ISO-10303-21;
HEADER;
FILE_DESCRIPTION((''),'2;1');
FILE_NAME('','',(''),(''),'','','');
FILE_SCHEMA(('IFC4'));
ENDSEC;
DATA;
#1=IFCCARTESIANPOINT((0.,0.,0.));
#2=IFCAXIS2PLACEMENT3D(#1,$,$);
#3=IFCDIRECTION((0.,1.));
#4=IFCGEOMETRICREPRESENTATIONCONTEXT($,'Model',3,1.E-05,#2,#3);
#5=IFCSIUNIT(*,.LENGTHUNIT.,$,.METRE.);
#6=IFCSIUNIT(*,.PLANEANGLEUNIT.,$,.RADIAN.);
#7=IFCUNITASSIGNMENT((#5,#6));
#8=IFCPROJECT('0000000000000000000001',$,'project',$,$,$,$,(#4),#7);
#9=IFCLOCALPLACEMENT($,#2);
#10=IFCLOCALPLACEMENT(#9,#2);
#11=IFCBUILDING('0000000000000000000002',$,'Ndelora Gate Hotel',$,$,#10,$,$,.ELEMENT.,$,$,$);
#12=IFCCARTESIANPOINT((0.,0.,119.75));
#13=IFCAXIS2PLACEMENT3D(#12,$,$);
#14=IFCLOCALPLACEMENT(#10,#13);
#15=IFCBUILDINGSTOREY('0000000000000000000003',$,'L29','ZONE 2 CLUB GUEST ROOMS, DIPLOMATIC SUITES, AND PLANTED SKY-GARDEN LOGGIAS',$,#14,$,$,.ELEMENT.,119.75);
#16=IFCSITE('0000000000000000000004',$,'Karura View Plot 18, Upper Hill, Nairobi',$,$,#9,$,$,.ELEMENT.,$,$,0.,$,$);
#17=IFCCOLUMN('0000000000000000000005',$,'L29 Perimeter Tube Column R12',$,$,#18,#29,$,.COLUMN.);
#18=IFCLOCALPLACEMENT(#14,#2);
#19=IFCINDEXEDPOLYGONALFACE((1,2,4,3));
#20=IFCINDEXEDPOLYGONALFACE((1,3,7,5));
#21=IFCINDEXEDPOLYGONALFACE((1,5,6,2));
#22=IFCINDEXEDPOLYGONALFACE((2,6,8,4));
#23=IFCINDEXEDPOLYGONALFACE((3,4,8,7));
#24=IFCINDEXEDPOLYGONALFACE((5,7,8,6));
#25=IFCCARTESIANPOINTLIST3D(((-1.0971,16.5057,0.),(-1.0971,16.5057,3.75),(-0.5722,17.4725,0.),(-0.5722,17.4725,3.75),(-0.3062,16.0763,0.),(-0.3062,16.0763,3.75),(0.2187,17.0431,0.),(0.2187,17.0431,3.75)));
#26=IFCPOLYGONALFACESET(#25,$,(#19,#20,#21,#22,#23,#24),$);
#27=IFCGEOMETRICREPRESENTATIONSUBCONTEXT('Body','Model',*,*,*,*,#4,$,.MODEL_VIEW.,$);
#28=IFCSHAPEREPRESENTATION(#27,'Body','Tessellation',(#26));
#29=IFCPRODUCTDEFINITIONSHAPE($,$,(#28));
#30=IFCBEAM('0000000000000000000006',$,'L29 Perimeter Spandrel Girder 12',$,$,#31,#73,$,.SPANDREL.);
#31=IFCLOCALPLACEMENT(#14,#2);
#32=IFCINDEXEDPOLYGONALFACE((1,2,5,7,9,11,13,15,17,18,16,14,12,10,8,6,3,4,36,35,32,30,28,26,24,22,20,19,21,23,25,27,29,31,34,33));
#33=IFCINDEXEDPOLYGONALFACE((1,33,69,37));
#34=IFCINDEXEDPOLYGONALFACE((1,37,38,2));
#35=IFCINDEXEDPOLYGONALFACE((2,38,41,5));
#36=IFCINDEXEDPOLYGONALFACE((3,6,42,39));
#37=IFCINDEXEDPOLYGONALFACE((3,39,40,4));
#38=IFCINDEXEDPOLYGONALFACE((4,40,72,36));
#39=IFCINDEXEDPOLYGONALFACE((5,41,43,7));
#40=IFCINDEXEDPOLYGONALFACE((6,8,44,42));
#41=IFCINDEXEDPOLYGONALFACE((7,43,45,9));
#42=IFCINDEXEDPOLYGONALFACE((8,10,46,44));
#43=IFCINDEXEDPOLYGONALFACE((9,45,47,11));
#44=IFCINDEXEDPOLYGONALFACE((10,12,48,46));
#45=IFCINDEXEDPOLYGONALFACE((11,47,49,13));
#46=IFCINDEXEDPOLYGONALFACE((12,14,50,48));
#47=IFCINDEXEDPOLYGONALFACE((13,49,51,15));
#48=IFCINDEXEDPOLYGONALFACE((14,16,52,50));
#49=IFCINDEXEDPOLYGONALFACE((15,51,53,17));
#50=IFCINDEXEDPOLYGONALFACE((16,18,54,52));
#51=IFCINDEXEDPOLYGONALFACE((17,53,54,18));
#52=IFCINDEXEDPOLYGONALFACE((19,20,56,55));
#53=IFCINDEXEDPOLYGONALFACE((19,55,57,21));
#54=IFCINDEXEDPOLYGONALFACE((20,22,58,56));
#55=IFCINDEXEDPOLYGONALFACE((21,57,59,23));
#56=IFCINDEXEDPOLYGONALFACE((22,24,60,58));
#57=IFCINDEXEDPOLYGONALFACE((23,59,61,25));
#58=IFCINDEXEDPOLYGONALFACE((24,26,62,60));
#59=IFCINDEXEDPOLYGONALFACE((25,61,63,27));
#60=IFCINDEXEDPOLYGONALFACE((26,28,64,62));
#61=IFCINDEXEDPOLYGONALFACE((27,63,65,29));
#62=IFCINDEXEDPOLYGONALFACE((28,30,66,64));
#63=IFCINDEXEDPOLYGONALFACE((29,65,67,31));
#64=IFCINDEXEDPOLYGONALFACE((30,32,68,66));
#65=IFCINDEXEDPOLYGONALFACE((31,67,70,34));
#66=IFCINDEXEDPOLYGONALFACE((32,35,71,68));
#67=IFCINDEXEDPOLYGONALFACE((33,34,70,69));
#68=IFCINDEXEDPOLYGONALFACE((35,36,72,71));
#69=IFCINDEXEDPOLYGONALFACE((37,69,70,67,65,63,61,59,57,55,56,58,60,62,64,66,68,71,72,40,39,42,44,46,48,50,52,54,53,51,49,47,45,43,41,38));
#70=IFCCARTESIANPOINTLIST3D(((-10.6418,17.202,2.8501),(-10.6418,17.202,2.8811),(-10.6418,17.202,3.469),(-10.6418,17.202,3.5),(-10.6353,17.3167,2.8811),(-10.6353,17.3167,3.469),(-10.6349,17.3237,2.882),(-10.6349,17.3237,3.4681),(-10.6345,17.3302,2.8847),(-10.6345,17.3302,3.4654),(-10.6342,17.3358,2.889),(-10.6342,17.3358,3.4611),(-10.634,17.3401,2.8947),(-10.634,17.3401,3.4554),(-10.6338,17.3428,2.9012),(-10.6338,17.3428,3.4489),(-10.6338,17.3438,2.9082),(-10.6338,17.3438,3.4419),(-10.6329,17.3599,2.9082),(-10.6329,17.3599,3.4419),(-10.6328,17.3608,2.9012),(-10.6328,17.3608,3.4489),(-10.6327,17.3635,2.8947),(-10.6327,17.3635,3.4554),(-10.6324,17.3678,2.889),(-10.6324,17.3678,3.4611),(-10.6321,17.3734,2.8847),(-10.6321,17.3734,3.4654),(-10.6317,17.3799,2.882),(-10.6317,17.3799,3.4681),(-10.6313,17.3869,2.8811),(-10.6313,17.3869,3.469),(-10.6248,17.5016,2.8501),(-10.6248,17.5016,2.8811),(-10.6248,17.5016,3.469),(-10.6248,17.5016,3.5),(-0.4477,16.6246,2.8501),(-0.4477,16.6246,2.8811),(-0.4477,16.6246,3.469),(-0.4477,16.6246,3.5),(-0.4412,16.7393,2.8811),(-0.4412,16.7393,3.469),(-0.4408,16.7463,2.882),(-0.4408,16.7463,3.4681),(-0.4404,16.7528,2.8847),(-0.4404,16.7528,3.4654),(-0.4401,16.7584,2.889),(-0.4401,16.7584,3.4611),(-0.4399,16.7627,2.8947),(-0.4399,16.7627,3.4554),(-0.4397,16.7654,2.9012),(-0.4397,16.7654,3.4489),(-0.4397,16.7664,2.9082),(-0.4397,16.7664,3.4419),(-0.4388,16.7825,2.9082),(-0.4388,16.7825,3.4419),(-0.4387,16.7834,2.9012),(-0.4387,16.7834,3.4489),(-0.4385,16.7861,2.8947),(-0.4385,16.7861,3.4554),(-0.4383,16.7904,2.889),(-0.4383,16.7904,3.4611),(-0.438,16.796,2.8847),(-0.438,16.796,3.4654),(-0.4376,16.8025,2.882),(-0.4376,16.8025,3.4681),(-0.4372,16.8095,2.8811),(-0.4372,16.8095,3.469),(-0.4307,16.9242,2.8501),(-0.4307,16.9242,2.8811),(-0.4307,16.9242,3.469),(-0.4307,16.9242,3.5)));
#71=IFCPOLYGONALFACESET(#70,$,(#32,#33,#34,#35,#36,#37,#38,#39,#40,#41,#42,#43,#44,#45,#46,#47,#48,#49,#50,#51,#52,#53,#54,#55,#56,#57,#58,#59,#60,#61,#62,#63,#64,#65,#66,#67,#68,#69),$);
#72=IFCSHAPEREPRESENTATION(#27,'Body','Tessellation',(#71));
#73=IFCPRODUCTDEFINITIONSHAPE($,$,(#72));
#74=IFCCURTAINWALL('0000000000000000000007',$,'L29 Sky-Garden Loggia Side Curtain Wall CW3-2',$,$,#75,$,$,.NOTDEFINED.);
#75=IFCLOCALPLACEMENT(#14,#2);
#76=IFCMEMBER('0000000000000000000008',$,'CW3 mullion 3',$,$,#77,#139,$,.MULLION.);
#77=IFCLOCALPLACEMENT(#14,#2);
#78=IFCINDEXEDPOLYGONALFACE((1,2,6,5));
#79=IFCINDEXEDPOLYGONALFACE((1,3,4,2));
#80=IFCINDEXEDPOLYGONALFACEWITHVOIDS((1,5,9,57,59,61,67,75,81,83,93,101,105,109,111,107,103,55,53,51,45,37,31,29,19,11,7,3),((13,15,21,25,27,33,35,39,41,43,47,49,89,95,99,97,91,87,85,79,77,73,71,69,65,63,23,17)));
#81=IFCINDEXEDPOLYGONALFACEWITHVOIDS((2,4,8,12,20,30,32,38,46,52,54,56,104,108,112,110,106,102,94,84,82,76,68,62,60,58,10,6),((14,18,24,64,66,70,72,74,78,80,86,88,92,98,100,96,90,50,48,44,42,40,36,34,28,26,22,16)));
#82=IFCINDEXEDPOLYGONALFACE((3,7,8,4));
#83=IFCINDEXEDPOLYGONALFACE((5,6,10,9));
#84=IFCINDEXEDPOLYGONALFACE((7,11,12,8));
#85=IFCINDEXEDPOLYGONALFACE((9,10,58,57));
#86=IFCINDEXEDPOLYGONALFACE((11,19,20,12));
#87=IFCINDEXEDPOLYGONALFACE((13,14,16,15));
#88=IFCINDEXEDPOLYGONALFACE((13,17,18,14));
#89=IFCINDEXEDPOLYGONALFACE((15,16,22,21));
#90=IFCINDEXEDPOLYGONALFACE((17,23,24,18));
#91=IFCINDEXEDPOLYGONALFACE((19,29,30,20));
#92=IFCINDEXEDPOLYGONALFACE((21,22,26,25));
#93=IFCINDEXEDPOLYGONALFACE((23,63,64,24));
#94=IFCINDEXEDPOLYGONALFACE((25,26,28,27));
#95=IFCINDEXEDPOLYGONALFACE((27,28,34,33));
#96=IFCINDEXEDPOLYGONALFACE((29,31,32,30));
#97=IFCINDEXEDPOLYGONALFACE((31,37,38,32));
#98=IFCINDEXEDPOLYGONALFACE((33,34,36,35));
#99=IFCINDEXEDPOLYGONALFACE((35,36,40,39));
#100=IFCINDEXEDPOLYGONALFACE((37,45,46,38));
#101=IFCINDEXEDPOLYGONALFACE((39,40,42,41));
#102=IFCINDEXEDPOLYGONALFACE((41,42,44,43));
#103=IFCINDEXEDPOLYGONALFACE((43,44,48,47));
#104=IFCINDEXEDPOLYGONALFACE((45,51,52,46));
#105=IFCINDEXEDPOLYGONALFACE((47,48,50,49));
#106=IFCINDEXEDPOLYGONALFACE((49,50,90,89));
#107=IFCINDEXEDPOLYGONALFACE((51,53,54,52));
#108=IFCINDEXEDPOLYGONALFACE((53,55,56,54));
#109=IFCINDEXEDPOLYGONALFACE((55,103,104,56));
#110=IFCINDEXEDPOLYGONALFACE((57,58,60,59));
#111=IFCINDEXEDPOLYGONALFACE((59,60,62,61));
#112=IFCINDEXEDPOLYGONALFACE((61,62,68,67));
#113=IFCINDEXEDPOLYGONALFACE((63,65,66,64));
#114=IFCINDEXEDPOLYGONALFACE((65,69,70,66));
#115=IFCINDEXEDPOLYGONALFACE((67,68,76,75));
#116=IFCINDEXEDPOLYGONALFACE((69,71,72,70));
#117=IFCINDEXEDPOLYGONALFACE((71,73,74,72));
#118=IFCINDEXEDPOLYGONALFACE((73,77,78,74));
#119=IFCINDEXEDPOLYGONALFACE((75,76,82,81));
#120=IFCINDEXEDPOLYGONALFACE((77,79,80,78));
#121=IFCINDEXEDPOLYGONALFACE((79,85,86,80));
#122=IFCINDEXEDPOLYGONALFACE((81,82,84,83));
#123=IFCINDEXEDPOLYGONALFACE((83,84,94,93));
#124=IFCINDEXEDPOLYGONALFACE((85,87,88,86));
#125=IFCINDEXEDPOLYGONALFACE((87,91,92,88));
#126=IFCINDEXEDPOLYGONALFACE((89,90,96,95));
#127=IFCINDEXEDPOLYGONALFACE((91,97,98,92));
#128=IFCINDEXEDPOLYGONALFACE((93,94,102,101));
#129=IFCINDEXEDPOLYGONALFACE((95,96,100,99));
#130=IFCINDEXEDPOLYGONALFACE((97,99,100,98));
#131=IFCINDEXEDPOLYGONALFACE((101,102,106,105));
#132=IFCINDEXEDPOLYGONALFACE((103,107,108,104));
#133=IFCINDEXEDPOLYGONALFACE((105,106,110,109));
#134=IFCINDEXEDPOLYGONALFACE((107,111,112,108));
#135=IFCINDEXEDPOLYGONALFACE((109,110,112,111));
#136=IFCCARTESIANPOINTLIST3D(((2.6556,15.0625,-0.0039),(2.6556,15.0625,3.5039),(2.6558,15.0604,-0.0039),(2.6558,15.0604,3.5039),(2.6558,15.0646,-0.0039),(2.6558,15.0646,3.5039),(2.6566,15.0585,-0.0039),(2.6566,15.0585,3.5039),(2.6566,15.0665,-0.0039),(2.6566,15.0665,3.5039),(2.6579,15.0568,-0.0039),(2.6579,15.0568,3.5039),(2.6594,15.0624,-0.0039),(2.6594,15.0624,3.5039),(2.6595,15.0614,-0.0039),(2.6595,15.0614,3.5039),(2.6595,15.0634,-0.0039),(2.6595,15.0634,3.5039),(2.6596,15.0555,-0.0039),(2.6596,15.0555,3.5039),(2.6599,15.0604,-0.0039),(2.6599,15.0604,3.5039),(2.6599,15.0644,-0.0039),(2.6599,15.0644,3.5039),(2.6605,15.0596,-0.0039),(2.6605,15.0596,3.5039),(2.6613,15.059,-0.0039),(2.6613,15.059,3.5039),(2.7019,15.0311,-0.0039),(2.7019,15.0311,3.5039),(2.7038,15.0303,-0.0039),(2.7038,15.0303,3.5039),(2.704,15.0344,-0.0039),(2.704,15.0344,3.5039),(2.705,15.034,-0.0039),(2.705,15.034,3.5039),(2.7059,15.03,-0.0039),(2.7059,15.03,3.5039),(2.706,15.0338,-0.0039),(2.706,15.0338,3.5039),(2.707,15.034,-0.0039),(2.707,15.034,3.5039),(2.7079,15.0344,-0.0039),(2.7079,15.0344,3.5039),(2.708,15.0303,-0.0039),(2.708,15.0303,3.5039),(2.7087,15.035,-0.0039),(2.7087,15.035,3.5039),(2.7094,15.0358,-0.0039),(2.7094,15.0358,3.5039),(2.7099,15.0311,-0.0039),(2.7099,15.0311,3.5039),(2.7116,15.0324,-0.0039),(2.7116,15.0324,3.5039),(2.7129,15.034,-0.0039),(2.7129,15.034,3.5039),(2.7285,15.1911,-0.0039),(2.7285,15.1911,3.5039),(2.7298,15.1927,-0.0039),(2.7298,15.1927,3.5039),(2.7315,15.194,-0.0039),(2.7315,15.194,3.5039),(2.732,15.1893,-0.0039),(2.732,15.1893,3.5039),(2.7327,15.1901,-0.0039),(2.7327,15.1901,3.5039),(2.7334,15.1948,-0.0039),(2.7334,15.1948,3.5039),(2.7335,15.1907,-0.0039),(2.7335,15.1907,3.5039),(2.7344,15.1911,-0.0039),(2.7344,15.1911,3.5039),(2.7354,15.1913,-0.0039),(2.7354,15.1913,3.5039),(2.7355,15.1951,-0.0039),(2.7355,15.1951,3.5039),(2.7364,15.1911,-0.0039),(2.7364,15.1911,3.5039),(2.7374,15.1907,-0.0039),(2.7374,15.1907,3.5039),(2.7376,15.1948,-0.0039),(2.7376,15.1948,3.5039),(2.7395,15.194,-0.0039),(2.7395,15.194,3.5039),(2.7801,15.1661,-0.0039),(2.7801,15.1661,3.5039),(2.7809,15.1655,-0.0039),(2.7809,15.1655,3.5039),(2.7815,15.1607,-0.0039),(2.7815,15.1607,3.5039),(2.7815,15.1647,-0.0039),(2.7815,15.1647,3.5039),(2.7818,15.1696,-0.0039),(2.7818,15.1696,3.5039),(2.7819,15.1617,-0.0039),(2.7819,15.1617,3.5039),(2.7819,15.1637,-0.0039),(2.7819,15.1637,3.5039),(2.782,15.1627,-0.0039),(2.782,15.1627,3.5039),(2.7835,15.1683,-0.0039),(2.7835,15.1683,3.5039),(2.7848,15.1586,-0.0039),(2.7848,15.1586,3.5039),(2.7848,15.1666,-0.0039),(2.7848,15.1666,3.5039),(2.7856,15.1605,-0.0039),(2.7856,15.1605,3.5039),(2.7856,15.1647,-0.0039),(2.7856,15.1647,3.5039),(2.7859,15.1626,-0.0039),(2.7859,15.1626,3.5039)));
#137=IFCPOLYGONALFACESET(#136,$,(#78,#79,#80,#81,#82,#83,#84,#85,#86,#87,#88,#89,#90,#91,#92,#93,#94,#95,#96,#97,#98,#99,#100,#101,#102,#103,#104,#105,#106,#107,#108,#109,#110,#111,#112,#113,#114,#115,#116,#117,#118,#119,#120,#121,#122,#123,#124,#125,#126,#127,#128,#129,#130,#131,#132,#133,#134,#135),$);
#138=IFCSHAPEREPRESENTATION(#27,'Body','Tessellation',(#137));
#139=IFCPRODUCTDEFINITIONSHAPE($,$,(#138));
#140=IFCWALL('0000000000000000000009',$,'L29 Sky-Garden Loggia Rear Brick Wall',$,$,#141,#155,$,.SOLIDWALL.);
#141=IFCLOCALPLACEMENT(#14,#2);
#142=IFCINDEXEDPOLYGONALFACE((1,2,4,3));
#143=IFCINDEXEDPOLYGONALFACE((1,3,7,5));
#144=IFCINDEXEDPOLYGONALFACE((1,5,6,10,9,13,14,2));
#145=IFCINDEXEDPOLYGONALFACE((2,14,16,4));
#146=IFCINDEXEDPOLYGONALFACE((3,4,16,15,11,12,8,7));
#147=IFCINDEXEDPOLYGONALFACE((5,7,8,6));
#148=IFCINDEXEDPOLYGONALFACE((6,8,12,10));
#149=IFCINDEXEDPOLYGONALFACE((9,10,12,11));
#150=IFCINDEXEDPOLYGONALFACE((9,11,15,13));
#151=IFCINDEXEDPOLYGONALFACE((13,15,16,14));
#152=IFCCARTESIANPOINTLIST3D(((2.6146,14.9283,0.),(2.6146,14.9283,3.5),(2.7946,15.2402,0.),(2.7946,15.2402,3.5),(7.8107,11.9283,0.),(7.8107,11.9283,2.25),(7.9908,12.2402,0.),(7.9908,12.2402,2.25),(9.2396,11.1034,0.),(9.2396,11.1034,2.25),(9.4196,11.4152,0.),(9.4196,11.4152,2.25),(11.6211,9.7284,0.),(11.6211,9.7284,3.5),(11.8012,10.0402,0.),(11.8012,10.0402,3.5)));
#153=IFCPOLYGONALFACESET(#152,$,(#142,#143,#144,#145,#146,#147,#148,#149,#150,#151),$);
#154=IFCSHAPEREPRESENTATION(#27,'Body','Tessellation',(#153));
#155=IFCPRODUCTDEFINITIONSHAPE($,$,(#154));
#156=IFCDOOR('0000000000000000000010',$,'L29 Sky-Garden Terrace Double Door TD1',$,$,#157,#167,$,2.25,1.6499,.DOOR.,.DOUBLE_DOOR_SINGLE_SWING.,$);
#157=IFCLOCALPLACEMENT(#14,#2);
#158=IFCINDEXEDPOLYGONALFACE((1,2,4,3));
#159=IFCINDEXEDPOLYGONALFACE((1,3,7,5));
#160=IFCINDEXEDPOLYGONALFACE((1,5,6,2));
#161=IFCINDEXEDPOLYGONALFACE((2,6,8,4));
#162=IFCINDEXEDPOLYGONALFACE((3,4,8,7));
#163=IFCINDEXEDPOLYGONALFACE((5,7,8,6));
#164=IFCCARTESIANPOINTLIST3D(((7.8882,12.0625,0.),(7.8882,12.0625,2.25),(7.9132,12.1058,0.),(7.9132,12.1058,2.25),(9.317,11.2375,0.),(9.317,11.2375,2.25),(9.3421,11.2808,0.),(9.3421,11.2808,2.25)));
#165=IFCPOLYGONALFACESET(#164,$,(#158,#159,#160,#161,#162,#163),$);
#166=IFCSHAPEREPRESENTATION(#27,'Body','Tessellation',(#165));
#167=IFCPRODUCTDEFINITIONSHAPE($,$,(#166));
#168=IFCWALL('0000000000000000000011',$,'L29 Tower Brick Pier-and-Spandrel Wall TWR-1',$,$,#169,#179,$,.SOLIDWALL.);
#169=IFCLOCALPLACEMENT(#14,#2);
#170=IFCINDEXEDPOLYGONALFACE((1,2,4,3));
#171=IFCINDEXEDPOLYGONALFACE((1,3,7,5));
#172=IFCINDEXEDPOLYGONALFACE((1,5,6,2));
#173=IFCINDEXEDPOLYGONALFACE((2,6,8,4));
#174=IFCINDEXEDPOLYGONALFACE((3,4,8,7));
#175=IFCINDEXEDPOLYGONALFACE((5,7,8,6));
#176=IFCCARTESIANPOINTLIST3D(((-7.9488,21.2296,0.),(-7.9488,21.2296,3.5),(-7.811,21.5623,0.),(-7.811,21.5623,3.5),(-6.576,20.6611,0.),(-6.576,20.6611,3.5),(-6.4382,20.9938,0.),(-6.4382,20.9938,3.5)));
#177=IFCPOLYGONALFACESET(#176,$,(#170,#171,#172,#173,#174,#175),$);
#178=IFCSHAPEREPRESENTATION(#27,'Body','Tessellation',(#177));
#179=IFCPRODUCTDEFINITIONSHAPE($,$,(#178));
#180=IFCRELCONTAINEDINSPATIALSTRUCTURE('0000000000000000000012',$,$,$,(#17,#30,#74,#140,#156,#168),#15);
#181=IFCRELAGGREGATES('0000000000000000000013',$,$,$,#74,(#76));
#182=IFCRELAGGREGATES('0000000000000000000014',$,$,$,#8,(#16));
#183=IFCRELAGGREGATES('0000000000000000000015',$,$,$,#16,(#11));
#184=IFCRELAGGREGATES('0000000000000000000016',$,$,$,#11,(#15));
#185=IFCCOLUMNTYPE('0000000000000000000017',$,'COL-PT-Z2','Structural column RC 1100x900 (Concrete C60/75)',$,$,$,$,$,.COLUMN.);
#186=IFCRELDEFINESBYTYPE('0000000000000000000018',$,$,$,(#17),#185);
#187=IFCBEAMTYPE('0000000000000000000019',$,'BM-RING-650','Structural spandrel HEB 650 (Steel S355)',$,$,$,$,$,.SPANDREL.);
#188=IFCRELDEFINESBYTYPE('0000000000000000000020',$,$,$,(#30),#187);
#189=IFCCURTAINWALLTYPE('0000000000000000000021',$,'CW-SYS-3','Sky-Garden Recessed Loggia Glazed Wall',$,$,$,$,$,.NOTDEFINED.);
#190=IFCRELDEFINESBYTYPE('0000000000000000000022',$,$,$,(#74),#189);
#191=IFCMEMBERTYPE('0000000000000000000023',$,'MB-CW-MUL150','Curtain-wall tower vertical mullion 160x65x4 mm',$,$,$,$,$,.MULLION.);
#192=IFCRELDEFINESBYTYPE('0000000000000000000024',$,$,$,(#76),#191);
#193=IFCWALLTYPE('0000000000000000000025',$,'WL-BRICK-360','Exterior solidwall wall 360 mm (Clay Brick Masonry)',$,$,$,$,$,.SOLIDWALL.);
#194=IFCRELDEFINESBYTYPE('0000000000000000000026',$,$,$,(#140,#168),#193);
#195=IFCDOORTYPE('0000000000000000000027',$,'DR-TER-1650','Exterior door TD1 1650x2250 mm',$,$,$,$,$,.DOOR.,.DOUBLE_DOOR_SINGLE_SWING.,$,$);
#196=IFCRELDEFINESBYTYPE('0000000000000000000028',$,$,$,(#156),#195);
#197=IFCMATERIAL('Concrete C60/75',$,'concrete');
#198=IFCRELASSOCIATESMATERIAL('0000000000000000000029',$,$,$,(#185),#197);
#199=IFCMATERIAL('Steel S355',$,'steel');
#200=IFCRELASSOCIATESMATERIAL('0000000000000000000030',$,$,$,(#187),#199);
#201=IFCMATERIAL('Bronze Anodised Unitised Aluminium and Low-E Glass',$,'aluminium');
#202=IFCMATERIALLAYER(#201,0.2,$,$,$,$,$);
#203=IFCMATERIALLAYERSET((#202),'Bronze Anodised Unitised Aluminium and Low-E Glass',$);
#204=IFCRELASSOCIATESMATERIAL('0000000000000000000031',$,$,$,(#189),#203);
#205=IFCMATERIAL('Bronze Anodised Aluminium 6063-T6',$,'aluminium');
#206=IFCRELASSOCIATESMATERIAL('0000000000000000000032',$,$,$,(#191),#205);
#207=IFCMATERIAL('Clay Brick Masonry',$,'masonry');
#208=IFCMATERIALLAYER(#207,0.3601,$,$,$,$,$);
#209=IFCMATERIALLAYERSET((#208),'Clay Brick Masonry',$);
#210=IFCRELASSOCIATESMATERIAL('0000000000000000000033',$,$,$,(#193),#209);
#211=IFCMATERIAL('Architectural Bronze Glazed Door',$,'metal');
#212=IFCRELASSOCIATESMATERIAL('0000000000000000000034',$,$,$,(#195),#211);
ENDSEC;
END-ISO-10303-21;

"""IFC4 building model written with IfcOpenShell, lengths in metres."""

from ifc_helpers import new_model, si_unit, direction, frame, frame_2d, origin, origin_2d, place, context, subcontext, project, spatial, rectangle, hollow_rectangle, i_section, extrude, material, layer, layer_set, material_profile, profile_set, type_object, element, fill, aggregate, save


model = new_model("IFC4")

# Units and contexts
model_context = context("Model", 3, precision=1e-05, world=origin(), true_north=direction((0.0, 1.0)))
body_context = subcontext(model_context, "Body", "Model", "MODEL_VIEW")
ifc_project = project(units=[si_unit("LENGTHUNIT", "METRE"), si_unit("PLANEANGLEUNIT", "RADIAN")], contexts=[model_context])

# Site, building, storey
site_placement = place(None, origin())
site = spatial("IfcSite", under=ifc_project, at=site_placement, Name="Karura View Plot 18, Upper Hill, Nairobi", CompositionType="ELEMENT", RefElevation=0.0)
building_placement = place(site_placement, origin())
building = spatial("IfcBuilding", under=site, at=building_placement, Name="Ndelora Gate Hotel", CompositionType="ELEMENT")
storey_placement = place(building_placement, frame((0.0, 0.0, 119.75)))
storey = spatial("IfcBuildingStorey", under=building, at=storey_placement, Name="L29", Description="ZONE 2 CLUB GUEST ROOMS, DIPLOMATIC SUITES, AND PLANTED SKY-GARDEN LOGGIAS", CompositionType="ELEMENT", Elevation=119.75)

# Column
ifc_material_1 = material(Name="Concrete C60/75", Category="concrete")
ifc_material_profile_1 = material_profile(ifc_material_1, rectangle(XDim=0.8999, YDim=1.1001, at=origin_2d()), Name="RC 1100x900")
ifc_profile_set_1 = profile_set([ifc_material_profile_1], Name="Concrete C60/75")
column_type = type_object("IfcColumnType", Name="COL-PT-Z2", Description="Structural column RC 1100x900 (Concrete C60/75)", PredefinedType="COLUMN", material=ifc_profile_set_1)
column_placement = place(storey_placement, frame((-0.4392, 16.7744, 0.0), z_axis=(0.0, 0.0, 1.0), x_axis=(-0.878817, 0.477159, 0.0)))
element("IfcColumn", 1, at=column_placement, inside=storey, type_object=column_type, Name="L29 Perimeter Tube Column R12", PredefinedType="COLUMN", context=body_context, shape_type="SweptSolid", body=[
    extrude(rectangle(XDim=0.8999, YDim=1.1001, at=origin_2d()), origin(), (0.0, 0.0, 1.0), 3.75),
])

# Beam
ifc_material_2 = material(Name="Steel S355", Category="steel")
ifc_material_profile_2 = material_profile(ifc_material_2, i_section(OverallWidth=0.3, OverallDepth=0.6499, WebThickness=0.0161, FlangeThickness=0.031, FilletRadius=0.0271, at=origin_2d()), Name="HEB 650")
ifc_profile_set_2 = profile_set([ifc_material_profile_2], Name="Steel S355")
beam_type = type_object("IfcBeamType", Name="BM-RING-650", Description="Structural spandrel HEB 650 (Steel S355)", PredefinedType="SPANDREL", material=ifc_profile_set_2)
beam_placement = place(storey_placement, frame((-0.4392, 16.7744, 3.175), z_axis=(-0.9984, 0.056549, 0.0), x_axis=(-0.056549, -0.9984, 0.0)))
element("IfcBeam", 2, at=beam_placement, inside=storey, type_object=beam_type, Name="L29 Perimeter Spandrel Girder 12", PredefinedType="SPANDREL", context=body_context, shape_type="SweptSolid", body=[
    extrude(i_section(OverallWidth=0.3, OverallDepth=0.6499, WebThickness=0.0161, FlangeThickness=0.031, FilletRadius=0.0271, at=origin_2d()), origin(), (0.0, 0.0, 1.0), 10.2104),
])

# Curtain wall, member
ifc_material_3 = material(Name="Bronze Anodised Unitised Aluminium and Low-E Glass", Category="aluminium")
ifc_layer_1 = layer(ifc_material_3, 0.2)
ifc_layer_set_1 = layer_set([ifc_layer_1], Name="Bronze Anodised Unitised Aluminium and Low-E Glass")
curtain_wall_type = type_object("IfcCurtainWallType", Name="CW-SYS-3", Description="Sky-Garden Recessed Loggia Glazed Wall", PredefinedType="NOTDEFINED", material=ifc_layer_set_1)
curtain_wall_placement = place(storey_placement, origin())
curtain_wall = element("IfcCurtainWall", 3, at=curtain_wall_placement, inside=storey, type_object=curtain_wall_type, Name="L29 Sky-Garden Loggia Side Curtain Wall CW3-2", PredefinedType="NOTDEFINED")
ifc_material_4 = material(Name="Bronze Anodised Aluminium 6063-T6", Category="aluminium")
ifc_material_profile_3 = material_profile(ifc_material_4, hollow_rectangle(XDim=0.0649, YDim=0.1599, WallThickness=0.0039, InnerFilletRadius=0.0039, OuterFilletRadius=0.0081, at=origin_2d()), Name="ALU 160x65x4")
ifc_profile_set_3 = profile_set([ifc_material_profile_3], Name="Bronze Anodised Aluminium 6063-T6")
member_type = type_object("IfcMemberType", Name="MB-CW-MUL150", Description="Curtain-wall tower vertical mullion 160x65x4 mm", PredefinedType="MULLION", material=ifc_profile_set_3)
member_placement = place(storey_placement, frame((2.7207, 15.1125, -0.0039), z_axis=(0.0, 0.0, 1.0), x_axis=(0.866019, -0.500011, 0.0)))
member = element("IfcMember", 4, at=member_placement, type_object=member_type, Name="CW3 mullion 3", PredefinedType="MULLION", context=body_context, shape_type="SweptSolid", body=[
    extrude(hollow_rectangle(XDim=0.0649, YDim=0.1599, WallThickness=0.0039, InnerFilletRadius=0.0039, OuterFilletRadius=0.0081, at=origin_2d()), origin(), (0.0, 0.0, 1.0), 3.5078),
])
aggregate(curtain_wall, [member])

# Wall, opening, door
ifc_material_5 = material(Name="Clay Brick Masonry", Category="masonry")
ifc_layer_2 = layer(ifc_material_5, 0.3601)
ifc_layer_set_2 = layer_set([ifc_layer_2], Name="Clay Brick Masonry")
wall_type_1 = type_object("IfcWallType", Name="WL-BRICK-360", Description="Exterior solidwall wall 360 mm (Clay Brick Masonry)", PredefinedType="SOLIDWALL", material=ifc_layer_set_2)
wall_1_placement = place(storey_placement, frame((2.7046, 15.0842, 0.0), z_axis=(0.0, 0.0, 1.0), x_axis=(0.866026, -0.499999, 0.0)))
wall_1 = element("IfcWall", 5, at=wall_1_placement, inside=storey, type_object=wall_type_1, Name="L29 Sky-Garden Loggia Rear Brick Wall", PredefinedType="SOLIDWALL", context=body_context, shape_type="SweptSolid", body=[
    extrude(rectangle(XDim=10.3999, YDim=0.3601, at=frame_2d((5.2, 0.0))), origin(), (0.0, 0.0, 1.0), 3.5),
])
opening_1_placement = place(wall_1_placement, frame((6.0, 0.0, 0.0)))
opening_1 = element("IfcOpeningElement", 6, at=opening_1_placement, cuts=wall_1, PredefinedType="OPENING", context=body_context, shape_type="SweptSolid", body=[
    extrude(rectangle(XDim=1.6499, YDim=2.25, at=frame_2d((0.825, 1.125))), frame((0.0, 0.1899, 0.0), z_axis=(0.0, -1.0, 0.0), x_axis=(1.0, 0.0, 0.0)), (0.0, 0.0, 1.0), 0.3801),
])
ifc_material_6 = material(Name="Architectural Bronze Glazed Door", Category="metal")
door_type_1 = type_object("IfcDoorType", Name="DR-TER-1650", Description="Exterior door TD1 1650x2250 mm", OperationType="DOUBLE_DOOR_SINGLE_SWING", PredefinedType="DOOR", material=ifc_material_6)
door_1_placement = place(opening_1_placement, origin())
door_1 = element("IfcDoor", 7, at=door_1_placement, inside=storey, type_object=door_type_1, Name="L29 Sky-Garden Terrace Double Door TD1", OperationType="DOUBLE_DOOR_SINGLE_SWING", OverallHeight=2.25, OverallWidth=1.6499, PredefinedType="DOOR", context=body_context, shape_type="SweptSolid", body=[
    extrude(rectangle(XDim=1.6499, YDim=2.25, at=frame_2d((0.825, 1.125))), frame((0.0, 0.0249, 0.0), z_axis=(0.0, -1.0, 0.0), x_axis=(1.0, 0.0, 0.0)), (0.0, 0.0, 1.0), 0.05),
])
fill(opening_1, door_1)

# Wall
for number, where, z_axis, x_axis, name in (
    (8, (-7.8799, 21.396, 0.0), (0.0, 0.0, 1.0), (0.923887, -0.382666, 0.0), "L29 Tower Brick Pier-and-Spandrel Wall TWR-1"),
):
    element("IfcWall", number, at=place(storey_placement, frame(where, z_axis=z_axis, x_axis=x_axis)), inside=storey, type_object=wall_type_1, Name=name, PredefinedType="SOLIDWALL", context=body_context, shape_type="SweptSolid", body=[
        extrude(rectangle(XDim=1.4858, YDim=0.3601, at=frame_2d((0.7429, 0.0))), origin(), (0.0, 0.0, 1.0), 3.5),
    ])

save(model, "model.ifc")
